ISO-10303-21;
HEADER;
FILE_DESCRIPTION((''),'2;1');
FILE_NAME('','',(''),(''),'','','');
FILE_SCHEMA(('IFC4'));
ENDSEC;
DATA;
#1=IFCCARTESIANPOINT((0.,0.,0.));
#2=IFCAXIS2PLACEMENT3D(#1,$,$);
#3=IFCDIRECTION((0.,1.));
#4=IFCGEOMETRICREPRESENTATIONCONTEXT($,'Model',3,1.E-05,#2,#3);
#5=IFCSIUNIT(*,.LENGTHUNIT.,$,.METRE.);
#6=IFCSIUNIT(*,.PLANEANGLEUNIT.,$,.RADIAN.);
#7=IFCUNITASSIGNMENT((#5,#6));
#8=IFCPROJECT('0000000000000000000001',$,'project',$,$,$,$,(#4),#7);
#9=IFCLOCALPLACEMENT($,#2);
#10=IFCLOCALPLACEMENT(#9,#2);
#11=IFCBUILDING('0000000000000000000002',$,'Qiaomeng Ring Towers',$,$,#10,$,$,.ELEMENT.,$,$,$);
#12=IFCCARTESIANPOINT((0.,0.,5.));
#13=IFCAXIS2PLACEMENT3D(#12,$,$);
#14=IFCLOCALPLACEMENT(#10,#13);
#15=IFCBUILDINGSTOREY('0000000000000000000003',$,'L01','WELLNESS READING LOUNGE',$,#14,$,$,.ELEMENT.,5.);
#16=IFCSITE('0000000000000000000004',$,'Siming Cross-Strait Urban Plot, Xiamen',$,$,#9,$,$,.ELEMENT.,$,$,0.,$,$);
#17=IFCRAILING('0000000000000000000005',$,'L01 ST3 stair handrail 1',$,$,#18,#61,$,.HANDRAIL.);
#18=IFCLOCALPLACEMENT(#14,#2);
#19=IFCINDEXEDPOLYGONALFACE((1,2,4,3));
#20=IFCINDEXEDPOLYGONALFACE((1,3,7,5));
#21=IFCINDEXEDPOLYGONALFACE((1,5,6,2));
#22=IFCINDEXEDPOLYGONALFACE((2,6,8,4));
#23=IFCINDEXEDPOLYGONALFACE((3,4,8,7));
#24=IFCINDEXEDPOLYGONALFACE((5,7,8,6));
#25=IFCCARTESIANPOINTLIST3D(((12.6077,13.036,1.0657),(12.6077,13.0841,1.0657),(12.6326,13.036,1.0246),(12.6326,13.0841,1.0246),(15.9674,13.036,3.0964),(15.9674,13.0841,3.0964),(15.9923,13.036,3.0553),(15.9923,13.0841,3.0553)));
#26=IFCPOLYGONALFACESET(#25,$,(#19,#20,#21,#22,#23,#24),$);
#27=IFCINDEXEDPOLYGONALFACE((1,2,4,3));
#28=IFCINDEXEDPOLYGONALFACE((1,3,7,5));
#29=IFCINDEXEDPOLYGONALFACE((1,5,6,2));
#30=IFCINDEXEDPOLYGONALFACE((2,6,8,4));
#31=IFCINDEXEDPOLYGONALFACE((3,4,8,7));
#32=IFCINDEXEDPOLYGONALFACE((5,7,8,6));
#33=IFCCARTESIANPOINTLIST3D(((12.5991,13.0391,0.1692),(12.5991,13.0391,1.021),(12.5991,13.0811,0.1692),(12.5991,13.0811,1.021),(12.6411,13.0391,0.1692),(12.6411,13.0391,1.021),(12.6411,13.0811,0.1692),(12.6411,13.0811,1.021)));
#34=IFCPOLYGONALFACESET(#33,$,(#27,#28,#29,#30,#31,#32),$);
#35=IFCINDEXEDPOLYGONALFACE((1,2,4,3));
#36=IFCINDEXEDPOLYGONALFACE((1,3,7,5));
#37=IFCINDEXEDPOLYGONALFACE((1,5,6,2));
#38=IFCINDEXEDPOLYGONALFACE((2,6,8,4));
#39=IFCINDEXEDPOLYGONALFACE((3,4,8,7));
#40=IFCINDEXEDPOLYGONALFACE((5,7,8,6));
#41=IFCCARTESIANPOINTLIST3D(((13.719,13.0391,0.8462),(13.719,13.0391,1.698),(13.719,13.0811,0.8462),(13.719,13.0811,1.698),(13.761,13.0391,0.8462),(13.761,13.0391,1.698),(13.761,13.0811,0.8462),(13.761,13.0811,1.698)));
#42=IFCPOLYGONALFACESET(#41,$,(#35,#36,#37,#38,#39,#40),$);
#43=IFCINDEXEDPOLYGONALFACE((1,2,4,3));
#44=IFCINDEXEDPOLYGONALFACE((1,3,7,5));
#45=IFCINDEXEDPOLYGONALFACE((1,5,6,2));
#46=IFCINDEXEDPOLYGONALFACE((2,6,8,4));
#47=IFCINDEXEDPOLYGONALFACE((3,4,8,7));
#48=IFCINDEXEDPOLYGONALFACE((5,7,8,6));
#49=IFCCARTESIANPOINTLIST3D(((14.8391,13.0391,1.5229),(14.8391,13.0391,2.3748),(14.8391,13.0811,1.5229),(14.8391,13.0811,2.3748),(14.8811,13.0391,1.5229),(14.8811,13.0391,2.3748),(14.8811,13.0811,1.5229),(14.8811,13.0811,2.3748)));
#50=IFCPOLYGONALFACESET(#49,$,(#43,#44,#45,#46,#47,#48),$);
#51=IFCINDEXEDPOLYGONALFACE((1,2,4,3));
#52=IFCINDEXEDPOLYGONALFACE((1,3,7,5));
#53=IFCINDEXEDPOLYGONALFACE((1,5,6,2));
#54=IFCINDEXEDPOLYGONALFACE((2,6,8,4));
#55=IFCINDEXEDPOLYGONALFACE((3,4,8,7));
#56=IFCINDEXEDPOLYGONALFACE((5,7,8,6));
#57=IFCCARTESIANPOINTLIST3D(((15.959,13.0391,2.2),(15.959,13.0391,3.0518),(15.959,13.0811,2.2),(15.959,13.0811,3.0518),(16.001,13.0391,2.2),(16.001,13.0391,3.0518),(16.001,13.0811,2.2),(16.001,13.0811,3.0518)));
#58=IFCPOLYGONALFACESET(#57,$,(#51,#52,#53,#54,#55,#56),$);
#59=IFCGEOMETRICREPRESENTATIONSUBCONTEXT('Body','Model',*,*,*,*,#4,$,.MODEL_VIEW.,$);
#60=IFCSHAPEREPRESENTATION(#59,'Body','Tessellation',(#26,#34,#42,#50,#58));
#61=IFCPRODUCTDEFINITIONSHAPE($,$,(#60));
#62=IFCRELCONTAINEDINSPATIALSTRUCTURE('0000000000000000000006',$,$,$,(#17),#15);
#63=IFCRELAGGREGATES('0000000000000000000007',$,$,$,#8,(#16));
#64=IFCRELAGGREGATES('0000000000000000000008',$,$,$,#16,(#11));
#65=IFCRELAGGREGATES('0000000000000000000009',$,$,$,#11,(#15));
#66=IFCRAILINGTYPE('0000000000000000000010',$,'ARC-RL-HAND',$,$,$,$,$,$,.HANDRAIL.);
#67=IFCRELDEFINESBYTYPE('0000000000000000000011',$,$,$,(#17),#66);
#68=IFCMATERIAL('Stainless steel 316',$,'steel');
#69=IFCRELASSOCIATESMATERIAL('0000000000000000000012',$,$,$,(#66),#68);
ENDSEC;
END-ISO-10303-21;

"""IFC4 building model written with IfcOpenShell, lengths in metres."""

from ifc_helpers import new_model, si_unit, direction, frame, origin, origin_2d, place, context, subcontext, project, spatial, rectangle, extrude, material, type_object, element, save


model = new_model("IFC4")

# Units and contexts
model_context = context("Model", 3, precision=1e-05, world=origin(), true_north=direction((0.0, 1.0)))
body_context = subcontext(model_context, "Body", "Model", "MODEL_VIEW")
ifc_project = project(units=[si_unit("LENGTHUNIT", "METRE"), si_unit("PLANEANGLEUNIT", "RADIAN")], contexts=[model_context])

# Site, building, storey
site_placement = place(None, origin())
site = spatial("IfcSite", under=ifc_project, at=site_placement, Name="Siming Cross-Strait Urban Plot, Xiamen", CompositionType="ELEMENT", RefElevation=0.0)
building_placement = place(site_placement, origin())
building = spatial("IfcBuilding", under=site, at=building_placement, Name="Qiaomeng Ring Towers", CompositionType="ELEMENT")
storey_placement = place(building_placement, frame((0.0, 0.0, 5.0)))
storey = spatial("IfcBuildingStorey", under=building, at=storey_placement, Name="L01", Description="WELLNESS READING LOUNGE", CompositionType="ELEMENT", Elevation=5.0)

# Shared definitions
ifc_material_1 = material(Name="Stainless steel 316", Category="steel")

# Railing
railing_type_1 = type_object("IfcRailingType", Name="ARC-RL-HAND", PredefinedType="HANDRAIL", material=ifc_material_1)
railing_1_placement = place(storey_placement, frame((12.6201, 13.0601, 0.1692)))
element("IfcRailing", 1, at=railing_1_placement, inside=storey, type_object=railing_type_1, Name="L01 ST3 stair handrail 1", PredefinedType="HANDRAIL", context=body_context, shape_type="SweptSolid", body=[
    extrude(rectangle(XDim=0.0481, YDim=0.0481, at=origin_2d()), frame((0.0, 0.0, 0.876), z_axis=(0.85582, 0.0, 0.517273), x_axis=(0.0, 1.0, 0.0)), (0.0, 0.0, 1.0), 3.9258),
    extrude(rectangle(XDim=0.042, YDim=0.042, at=origin_2d()), origin(), (0.0, 0.0, 1.0), 0.8518),
    extrude(rectangle(XDim=0.042, YDim=0.042, at=origin_2d()), frame((1.1199, 0.0, 0.677)), (0.0, 0.0, 1.0), 0.8518),
    extrude(rectangle(XDim=0.042, YDim=0.042, at=origin_2d()), frame((2.24, 0.0, 1.3538)), (0.0, 0.0, 1.0), 0.8518),
    extrude(rectangle(XDim=0.042, YDim=0.042, at=origin_2d()), frame((3.3599, 0.0, 2.0308)), (0.0, 0.0, 1.0), 0.8518),
])

save(model, "model.ifc")
